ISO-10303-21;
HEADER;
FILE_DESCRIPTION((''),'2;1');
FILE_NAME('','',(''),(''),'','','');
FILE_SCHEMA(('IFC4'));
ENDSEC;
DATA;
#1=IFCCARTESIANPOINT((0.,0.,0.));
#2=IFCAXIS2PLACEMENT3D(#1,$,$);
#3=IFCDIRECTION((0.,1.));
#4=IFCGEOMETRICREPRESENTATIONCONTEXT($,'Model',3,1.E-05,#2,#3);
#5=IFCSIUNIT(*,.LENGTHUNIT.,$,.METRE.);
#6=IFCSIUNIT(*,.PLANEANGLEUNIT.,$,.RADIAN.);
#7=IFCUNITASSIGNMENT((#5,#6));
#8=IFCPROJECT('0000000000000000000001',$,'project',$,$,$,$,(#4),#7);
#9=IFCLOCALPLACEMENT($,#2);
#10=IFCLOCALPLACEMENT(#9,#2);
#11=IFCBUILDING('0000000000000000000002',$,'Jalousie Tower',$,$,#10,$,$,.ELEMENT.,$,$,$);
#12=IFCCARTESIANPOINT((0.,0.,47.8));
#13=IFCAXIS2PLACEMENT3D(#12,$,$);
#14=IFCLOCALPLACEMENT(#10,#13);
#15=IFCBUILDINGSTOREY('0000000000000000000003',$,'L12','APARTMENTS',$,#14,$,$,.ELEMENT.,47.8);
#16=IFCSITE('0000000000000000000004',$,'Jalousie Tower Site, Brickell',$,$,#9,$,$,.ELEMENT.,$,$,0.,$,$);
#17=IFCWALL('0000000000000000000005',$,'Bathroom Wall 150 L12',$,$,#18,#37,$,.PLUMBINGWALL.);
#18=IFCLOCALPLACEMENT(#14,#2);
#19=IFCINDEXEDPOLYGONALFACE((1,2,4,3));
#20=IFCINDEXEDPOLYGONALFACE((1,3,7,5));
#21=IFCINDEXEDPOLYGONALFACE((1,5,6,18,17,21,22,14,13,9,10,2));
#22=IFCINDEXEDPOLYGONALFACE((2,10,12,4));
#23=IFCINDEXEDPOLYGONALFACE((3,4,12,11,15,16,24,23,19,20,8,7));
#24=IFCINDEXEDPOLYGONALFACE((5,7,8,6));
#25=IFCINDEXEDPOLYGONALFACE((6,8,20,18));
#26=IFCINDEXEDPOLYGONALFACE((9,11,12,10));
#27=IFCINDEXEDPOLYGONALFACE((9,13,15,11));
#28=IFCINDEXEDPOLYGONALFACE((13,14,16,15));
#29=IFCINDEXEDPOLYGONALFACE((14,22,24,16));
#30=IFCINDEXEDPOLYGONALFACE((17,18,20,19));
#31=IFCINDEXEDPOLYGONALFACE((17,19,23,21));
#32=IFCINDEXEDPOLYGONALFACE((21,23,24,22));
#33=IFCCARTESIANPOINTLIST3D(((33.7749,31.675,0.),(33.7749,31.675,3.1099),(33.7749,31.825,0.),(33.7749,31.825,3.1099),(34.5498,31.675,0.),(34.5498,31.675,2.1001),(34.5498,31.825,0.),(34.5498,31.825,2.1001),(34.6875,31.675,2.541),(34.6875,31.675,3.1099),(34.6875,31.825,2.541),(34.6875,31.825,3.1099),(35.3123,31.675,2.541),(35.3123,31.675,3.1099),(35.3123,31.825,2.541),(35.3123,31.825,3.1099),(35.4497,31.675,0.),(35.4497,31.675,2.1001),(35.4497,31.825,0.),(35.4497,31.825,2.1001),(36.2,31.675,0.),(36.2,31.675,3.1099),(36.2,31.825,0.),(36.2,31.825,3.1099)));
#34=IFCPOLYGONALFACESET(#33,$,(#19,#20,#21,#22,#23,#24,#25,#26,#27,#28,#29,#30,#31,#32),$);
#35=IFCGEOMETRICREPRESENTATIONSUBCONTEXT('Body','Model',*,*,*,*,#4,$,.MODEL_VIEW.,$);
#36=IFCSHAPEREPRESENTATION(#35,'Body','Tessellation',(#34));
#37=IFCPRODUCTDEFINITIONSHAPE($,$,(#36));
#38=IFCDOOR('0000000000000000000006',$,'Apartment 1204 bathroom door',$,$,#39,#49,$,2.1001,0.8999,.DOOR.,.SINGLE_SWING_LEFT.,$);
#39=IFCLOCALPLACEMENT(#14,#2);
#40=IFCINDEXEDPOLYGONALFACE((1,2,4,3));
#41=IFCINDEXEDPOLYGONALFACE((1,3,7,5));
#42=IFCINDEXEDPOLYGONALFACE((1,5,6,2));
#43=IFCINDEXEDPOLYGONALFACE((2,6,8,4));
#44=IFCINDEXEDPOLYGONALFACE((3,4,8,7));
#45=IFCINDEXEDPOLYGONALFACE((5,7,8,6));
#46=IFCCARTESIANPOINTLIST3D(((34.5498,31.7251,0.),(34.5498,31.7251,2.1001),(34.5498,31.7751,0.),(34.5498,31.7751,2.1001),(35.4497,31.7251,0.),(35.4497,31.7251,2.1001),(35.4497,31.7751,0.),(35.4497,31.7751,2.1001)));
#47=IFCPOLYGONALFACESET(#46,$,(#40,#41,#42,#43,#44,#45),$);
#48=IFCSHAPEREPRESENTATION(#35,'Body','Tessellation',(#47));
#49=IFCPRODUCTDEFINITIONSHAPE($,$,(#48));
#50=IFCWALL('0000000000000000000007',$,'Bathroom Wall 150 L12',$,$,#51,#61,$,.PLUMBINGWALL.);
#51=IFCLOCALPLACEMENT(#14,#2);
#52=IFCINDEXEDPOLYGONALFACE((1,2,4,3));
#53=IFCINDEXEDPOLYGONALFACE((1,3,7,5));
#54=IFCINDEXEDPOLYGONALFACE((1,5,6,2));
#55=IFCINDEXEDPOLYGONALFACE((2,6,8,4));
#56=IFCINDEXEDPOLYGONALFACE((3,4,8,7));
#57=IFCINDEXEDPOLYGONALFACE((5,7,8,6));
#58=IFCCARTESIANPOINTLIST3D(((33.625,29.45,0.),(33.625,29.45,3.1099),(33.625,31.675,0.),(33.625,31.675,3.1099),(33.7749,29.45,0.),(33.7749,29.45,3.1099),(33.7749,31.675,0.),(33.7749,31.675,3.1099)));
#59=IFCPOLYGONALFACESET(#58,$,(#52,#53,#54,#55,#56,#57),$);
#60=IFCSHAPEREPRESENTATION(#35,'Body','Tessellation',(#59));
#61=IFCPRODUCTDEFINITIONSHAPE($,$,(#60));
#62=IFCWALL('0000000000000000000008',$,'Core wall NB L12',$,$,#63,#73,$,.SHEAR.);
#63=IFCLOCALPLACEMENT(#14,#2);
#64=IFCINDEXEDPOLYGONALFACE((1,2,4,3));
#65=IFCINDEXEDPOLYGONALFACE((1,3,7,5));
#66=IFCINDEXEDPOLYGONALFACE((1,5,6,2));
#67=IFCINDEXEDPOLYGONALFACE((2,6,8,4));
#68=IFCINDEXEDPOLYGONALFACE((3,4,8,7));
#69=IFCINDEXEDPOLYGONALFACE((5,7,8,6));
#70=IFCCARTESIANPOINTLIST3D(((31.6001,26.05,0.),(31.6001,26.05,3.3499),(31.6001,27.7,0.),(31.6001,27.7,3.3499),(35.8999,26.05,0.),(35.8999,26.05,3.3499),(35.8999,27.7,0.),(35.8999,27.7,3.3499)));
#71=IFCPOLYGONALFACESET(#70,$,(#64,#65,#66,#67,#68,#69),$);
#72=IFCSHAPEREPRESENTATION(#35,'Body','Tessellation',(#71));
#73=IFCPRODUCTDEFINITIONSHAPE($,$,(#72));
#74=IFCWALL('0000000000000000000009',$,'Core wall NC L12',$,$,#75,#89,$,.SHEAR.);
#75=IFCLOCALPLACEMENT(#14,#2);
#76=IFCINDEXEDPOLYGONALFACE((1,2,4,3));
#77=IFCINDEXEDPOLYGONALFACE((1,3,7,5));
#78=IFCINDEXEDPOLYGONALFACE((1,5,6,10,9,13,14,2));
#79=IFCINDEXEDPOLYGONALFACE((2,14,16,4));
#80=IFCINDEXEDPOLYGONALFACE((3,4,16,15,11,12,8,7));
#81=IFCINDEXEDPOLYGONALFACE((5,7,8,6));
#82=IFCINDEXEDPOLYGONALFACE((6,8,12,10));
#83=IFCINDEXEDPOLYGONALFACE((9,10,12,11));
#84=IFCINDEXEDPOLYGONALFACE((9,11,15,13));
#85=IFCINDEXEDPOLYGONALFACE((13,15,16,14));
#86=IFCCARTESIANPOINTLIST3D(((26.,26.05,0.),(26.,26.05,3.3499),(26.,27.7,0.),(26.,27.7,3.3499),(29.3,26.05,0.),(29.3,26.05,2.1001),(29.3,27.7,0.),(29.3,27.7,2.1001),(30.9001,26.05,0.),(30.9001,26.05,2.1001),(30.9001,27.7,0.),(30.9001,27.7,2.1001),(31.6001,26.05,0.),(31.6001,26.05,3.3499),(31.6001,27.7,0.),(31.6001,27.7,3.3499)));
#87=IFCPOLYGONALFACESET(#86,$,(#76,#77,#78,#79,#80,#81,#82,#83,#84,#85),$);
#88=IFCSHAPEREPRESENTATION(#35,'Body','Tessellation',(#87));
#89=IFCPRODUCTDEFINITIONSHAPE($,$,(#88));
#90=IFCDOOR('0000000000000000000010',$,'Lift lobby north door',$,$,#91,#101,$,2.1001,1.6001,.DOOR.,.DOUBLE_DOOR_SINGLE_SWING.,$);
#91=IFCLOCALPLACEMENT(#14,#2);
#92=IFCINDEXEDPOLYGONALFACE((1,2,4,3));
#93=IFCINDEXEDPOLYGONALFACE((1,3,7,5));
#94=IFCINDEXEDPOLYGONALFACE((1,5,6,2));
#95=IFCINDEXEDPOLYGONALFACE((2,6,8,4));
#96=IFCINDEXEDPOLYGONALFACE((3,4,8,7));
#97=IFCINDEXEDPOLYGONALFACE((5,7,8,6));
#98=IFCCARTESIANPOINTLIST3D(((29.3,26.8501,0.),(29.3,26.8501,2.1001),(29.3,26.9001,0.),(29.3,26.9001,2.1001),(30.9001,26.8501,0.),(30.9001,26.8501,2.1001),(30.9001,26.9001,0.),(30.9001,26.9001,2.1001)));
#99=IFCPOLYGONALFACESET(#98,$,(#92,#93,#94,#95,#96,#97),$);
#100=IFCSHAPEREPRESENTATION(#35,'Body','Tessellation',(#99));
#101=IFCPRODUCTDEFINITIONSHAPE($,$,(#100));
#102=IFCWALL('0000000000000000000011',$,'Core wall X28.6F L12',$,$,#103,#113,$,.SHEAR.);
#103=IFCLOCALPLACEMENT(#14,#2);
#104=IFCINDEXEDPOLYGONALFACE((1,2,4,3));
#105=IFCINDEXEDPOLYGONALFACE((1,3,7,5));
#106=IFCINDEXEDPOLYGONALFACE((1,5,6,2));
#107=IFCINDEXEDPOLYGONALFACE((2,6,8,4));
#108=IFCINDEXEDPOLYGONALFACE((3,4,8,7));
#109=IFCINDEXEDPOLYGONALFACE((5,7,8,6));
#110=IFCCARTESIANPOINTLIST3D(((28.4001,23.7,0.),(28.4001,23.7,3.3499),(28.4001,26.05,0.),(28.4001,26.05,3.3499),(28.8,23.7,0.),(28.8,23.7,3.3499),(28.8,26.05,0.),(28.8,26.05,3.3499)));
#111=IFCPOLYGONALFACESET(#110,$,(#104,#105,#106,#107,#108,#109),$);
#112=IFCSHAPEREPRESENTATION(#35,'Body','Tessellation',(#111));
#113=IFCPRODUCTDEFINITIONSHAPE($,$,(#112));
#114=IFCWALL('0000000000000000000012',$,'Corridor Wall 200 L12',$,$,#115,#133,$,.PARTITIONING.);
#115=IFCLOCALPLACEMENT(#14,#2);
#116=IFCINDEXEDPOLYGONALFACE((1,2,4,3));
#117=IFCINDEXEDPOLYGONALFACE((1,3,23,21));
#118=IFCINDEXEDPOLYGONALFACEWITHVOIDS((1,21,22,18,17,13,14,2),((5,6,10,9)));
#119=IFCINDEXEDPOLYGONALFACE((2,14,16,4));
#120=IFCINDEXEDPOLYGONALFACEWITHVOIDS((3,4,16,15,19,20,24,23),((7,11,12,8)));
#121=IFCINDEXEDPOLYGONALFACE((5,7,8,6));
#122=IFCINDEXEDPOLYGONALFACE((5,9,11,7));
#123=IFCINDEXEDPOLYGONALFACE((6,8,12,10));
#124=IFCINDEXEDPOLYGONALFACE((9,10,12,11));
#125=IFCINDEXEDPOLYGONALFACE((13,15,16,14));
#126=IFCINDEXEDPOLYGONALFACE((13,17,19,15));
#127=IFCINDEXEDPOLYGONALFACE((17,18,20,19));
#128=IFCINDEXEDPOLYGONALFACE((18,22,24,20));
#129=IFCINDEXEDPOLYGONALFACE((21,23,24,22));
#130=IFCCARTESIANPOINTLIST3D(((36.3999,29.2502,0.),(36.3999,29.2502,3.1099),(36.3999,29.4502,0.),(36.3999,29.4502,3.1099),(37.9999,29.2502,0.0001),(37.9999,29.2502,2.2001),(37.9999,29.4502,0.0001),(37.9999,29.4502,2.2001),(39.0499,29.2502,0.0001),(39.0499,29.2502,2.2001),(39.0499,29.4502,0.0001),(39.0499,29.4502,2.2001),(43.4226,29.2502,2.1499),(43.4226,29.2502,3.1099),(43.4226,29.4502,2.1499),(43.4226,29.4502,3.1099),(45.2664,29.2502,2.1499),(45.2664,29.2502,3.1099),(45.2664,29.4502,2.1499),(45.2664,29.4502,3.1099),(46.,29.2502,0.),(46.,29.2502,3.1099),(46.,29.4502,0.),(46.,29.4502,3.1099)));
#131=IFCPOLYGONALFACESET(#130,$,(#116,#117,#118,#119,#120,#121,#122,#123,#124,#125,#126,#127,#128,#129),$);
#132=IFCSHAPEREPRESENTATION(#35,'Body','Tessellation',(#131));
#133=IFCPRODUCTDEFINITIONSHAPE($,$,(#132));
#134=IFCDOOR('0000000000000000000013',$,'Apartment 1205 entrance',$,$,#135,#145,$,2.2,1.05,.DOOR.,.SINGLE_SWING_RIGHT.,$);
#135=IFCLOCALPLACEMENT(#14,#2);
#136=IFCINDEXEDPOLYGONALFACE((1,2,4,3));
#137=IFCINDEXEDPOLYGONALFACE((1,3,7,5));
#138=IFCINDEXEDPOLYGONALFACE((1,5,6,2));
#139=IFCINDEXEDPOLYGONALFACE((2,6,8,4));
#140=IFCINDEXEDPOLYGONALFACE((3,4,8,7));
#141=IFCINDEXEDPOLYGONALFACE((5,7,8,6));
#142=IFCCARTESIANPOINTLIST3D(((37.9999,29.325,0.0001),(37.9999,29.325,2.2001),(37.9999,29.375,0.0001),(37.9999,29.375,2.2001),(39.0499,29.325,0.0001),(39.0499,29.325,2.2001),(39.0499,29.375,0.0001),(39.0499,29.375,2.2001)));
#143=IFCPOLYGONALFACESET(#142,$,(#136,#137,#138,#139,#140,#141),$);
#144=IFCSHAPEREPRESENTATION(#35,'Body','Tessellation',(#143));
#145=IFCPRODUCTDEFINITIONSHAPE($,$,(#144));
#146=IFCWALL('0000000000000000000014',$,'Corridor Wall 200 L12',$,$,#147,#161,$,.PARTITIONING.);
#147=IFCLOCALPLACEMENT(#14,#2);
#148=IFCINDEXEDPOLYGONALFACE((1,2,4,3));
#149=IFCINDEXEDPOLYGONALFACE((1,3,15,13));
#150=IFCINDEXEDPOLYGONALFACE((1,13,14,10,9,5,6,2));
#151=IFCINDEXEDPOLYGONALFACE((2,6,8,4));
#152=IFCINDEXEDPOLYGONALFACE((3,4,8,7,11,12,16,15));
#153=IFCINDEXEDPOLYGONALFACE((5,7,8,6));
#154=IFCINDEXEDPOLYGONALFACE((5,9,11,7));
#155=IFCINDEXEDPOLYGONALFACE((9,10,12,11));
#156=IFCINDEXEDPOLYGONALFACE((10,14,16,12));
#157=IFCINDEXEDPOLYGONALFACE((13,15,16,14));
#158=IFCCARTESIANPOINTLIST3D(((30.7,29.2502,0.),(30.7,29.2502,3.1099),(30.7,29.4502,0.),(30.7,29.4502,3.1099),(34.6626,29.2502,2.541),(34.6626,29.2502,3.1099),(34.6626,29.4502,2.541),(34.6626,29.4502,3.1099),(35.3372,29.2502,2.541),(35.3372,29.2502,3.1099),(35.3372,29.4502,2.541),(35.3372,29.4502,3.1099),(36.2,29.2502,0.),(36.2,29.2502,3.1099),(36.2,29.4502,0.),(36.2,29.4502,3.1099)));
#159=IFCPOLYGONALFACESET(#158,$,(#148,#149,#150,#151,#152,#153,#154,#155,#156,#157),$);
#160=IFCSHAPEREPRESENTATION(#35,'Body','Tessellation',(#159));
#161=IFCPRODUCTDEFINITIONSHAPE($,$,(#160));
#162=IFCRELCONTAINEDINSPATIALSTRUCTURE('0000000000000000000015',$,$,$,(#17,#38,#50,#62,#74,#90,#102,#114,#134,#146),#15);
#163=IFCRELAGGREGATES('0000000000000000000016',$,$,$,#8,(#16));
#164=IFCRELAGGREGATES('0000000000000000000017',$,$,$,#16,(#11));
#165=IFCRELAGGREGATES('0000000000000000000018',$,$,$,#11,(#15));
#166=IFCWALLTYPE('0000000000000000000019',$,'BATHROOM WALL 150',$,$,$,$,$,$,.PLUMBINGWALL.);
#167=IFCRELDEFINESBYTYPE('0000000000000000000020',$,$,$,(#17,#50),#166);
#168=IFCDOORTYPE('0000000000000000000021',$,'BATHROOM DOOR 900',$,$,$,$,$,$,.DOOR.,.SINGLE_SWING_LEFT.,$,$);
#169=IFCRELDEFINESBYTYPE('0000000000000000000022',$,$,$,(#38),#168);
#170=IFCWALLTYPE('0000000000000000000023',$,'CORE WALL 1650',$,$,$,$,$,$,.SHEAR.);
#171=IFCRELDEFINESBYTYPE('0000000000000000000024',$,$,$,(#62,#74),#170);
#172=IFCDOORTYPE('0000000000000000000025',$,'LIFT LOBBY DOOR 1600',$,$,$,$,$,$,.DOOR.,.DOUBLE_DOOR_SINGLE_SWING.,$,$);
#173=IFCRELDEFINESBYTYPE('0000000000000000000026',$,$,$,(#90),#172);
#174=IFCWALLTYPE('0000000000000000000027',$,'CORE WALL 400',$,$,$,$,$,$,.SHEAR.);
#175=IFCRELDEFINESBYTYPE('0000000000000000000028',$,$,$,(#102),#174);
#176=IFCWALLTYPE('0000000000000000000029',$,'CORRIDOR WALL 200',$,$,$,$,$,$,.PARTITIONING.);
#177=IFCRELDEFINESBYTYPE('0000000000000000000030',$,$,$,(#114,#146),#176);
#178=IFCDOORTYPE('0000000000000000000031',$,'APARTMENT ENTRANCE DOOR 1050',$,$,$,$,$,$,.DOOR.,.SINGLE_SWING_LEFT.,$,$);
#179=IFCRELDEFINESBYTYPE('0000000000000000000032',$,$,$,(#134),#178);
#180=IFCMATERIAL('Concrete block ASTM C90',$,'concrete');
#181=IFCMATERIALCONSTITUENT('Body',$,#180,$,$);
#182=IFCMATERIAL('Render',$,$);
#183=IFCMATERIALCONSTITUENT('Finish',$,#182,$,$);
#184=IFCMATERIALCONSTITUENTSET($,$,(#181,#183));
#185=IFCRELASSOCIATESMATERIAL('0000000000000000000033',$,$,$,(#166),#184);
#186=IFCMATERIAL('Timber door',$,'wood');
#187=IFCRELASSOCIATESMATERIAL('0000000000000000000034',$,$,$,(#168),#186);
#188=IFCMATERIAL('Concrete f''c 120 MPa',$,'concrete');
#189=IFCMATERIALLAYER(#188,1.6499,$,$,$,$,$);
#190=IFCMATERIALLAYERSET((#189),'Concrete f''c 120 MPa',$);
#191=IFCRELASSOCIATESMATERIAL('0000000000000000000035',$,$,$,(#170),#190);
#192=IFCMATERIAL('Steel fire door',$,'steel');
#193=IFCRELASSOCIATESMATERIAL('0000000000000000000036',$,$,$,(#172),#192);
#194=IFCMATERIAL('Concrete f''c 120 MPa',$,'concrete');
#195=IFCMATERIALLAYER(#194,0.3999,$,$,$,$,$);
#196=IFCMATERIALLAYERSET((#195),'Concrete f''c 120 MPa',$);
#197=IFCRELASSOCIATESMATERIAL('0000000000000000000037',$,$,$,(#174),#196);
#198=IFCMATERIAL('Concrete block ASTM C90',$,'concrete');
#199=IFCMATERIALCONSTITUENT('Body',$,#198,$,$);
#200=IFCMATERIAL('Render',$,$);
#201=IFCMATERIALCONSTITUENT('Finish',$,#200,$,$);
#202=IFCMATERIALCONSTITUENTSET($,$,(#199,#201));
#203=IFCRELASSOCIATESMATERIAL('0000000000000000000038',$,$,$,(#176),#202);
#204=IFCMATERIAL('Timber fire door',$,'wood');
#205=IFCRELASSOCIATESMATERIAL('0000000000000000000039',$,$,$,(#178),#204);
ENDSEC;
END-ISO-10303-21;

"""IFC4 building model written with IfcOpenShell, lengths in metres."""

from ifc_helpers import new_model, si_unit, direction, frame, frame_2d, origin, place, context, subcontext, project, spatial, polyline, rectangle, outline, extrude, material, layer, layer_set, constituent, constituent_set, type_object, element, fill, save


model = new_model("IFC4")

# Units and contexts
model_context = context("Model", 3, precision=1e-05, world=origin(), true_north=direction((0.0, 1.0)))
body_context = subcontext(model_context, "Body", "Model", "MODEL_VIEW")
ifc_project = project(units=[si_unit("LENGTHUNIT", "METRE"), si_unit("PLANEANGLEUNIT", "RADIAN")], contexts=[model_context])

# Site, building, storey
site_placement = place(None, origin())
site = spatial("IfcSite", under=ifc_project, at=site_placement, Name="Jalousie Tower Site, Brickell", CompositionType="ELEMENT", RefElevation=0.0)
building_placement = place(site_placement, origin())
building = spatial("IfcBuilding", under=site, at=building_placement, Name="Jalousie Tower", CompositionType="ELEMENT")
storey_placement = place(building_placement, frame((0.0, 0.0, 47.8)))
storey = spatial("IfcBuildingStorey", under=building, at=storey_placement, Name="L12", Description="APARTMENTS", CompositionType="ELEMENT", Elevation=47.8)

# Wall, opening, door
ifc_material_1 = material(Name="Concrete block ASTM C90", Category="concrete")
ifc_constituent_1 = constituent(ifc_material_1, Name="Body")
ifc_material_2 = material(Name="Render")
ifc_constituent_2 = constituent(ifc_material_2, Name="Finish")
ifc_constituent_set_1 = constituent_set(constituents=[ifc_constituent_1, ifc_constituent_2])
wall_type_1 = type_object("IfcWallType", Name="BATHROOM WALL 150", PredefinedType="PLUMBINGWALL", material=ifc_constituent_set_1)
wall_1_placement = place(storey_placement, frame((33.7749, 31.75, 0.0), z_axis=(0.0, 0.0, 1.0), x_axis=(1.0, 0.0, 0.0)))
wall_1 = element("IfcWall", 1, at=wall_1_placement, inside=storey, type_object=wall_type_1, Name="Bathroom Wall 150 L12", PredefinedType="PLUMBINGWALL", context=body_context, shape_type="SweptSolid", body=[
    extrude(outline(polyline([(0.0, 0.0), (2.425, 0.0), (2.425, 3.1099), (1.5374, 3.1099), (1.5374, 2.541), (0.9126, 2.541), (0.9126, 3.1099), (0.0, 3.1099), (0.0, 0.0)])), frame((0.0, 0.075, 0.0), z_axis=(0.0, -1.0, 0.0), x_axis=(1.0, 0.0, 0.0)), (0.0, 0.0, 1.0), 0.1499),
])
opening_1_placement = place(wall_1_placement, frame((0.7749, 0.0, 0.0)))
opening_1 = element("IfcOpeningElement", 2, at=opening_1_placement, cuts=wall_1, PredefinedType="OPENING", context=body_context, shape_type="SweptSolid", body=[
    extrude(rectangle(XDim=0.8999, YDim=2.1001, at=frame_2d((0.45, 1.05))), frame((0.0, 0.085, 0.0), z_axis=(0.0, -1.0, 0.0), x_axis=(1.0, 0.0, 0.0)), (0.0, 0.0, 1.0), 0.1699),
])
ifc_material_3 = material(Name="Timber door", Category="wood")
door_type_1 = type_object("IfcDoorType", Name="BATHROOM DOOR 900", OperationType="SINGLE_SWING_LEFT", PredefinedType="DOOR", material=ifc_material_3)
door_1_placement = place(opening_1_placement, frame((0.8999, 0.0, 0.0), z_axis=(0.0, 0.0, 1.0), x_axis=(-1.0, 0.0, 0.0)))
door_1 = element("IfcDoor", 3, at=door_1_placement, inside=storey, type_object=door_type_1, Name="Apartment 1204 bathroom door", OperationType="SINGLE_SWING_LEFT", OverallHeight=2.1001, OverallWidth=0.8999, PredefinedType="DOOR", context=body_context, shape_type="SweptSolid", body=[
    extrude(rectangle(XDim=0.8999, YDim=2.1001, at=frame_2d((0.45, 1.05))), frame((0.0, 0.0249, 0.0), z_axis=(0.0, -1.0, 0.0), x_axis=(1.0, 0.0, 0.0)), (0.0, 0.0, 1.0), 0.05),
])
fill(opening_1, door_1)

# Walls
wall_2_placement = place(storey_placement, frame((33.7, 31.675, 0.0), z_axis=(0.0, 0.0, 1.0), x_axis=(0.0, -1.0, 0.0)))
element("IfcWall", 4, at=wall_2_placement, inside=storey, type_object=wall_type_1, Name="Bathroom Wall 150 L12", PredefinedType="PLUMBINGWALL", context=body_context, shape_type="SweptSolid", body=[
    extrude(rectangle(XDim=2.2251, YDim=0.1499, at=frame_2d((1.1125, 0.0))), origin(), (0.0, 0.0, 1.0), 3.1099),
])
ifc_material_4 = material(Name="Concrete f'c 120 MPa", Category="concrete")
ifc_layer_1 = layer(ifc_material_4, 1.6499)
ifc_layer_set_1 = layer_set([ifc_layer_1], Name="Concrete f'c 120 MPa")
wall_type_2 = type_object("IfcWallType", Name="CORE WALL 1650", PredefinedType="SHEAR", material=ifc_layer_set_1)
wall_3_placement = place(storey_placement, frame((35.8999, 26.875, 0.0), z_axis=(0.0, 0.0, 1.0), x_axis=(-1.0, 0.0, 0.0)))
element("IfcWall", 5, at=wall_3_placement, inside=storey, type_object=wall_type_2, Name="Core wall NB L12", PredefinedType="SHEAR", context=body_context, shape_type="SweptSolid", body=[
    extrude(rectangle(XDim=4.2998, YDim=1.6499, at=frame_2d((2.1499, 0.0))), origin(), (0.0, 0.0, 1.0), 3.3499),
])

# Wall, opening, door
wall_4_placement = place(storey_placement, frame((31.6001, 26.875, 0.0), z_axis=(0.0, 0.0, 1.0), x_axis=(-1.0, 0.0, 0.0)))
wall_4 = element("IfcWall", 6, at=wall_4_placement, inside=storey, type_object=wall_type_2, Name="Core wall NC L12", PredefinedType="SHEAR", context=body_context, shape_type="SweptSolid", body=[
    extrude(rectangle(XDim=5.6001, YDim=1.6499, at=frame_2d((2.8, 0.0))), origin(), (0.0, 0.0, 1.0), 3.3499),
])
opening_2_placement = place(wall_4_placement, frame((0.7, 0.0, 0.0)))
opening_2 = element("IfcOpeningElement", 7, at=opening_2_placement, cuts=wall_4, PredefinedType="OPENING", context=body_context, shape_type="SweptSolid", body=[
    extrude(rectangle(XDim=1.6001, YDim=2.1001, at=frame_2d((0.8, 1.05))), frame((0.0, 0.835, 0.0), z_axis=(0.0, -1.0, 0.0), x_axis=(1.0, 0.0, 0.0)), (0.0, 0.0, 1.0), 1.6699),
])
ifc_material_5 = material(Name="Steel fire door", Category="steel")
door_type_2 = type_object("IfcDoorType", Name="LIFT LOBBY DOOR 1600", OperationType="DOUBLE_DOOR_SINGLE_SWING", PredefinedType="DOOR", material=ifc_material_5)
door_2_placement = place(opening_2_placement, origin())
door_2 = element("IfcDoor", 8, at=door_2_placement, inside=storey, type_object=door_type_2, Name="Lift lobby north door", OperationType="DOUBLE_DOOR_SINGLE_SWING", OverallHeight=2.1001, OverallWidth=1.6001, PredefinedType="DOOR", context=body_context, shape_type="SweptSolid", body=[
    extrude(rectangle(XDim=1.6001, YDim=2.1001, at=frame_2d((0.8, 1.05))), frame((0.0, 0.0249, 0.0), z_axis=(0.0, -1.0, 0.0), x_axis=(1.0, 0.0, 0.0)), (0.0, 0.0, 1.0), 0.05),
])
fill(opening_2, door_2)

# Wall
ifc_material_6 = material(Name="Concrete f'c 120 MPa", Category="concrete")
ifc_layer_2 = layer(ifc_material_6, 0.3999)
ifc_layer_set_2 = layer_set([ifc_layer_2], Name="Concrete f'c 120 MPa")
wall_type_3 = type_object("IfcWallType", Name="CORE WALL 400", PredefinedType="SHEAR", material=ifc_layer_set_2)
wall_5_placement = place(storey_placement, frame((28.6001, 23.7, 0.0), z_axis=(0.0, 0.0, 1.0), x_axis=(0.0, 1.0, 0.0)))
element("IfcWall", 9, at=wall_5_placement, inside=storey, type_object=wall_type_3, Name="Core wall X28.6F L12", PredefinedType="SHEAR", context=body_context, shape_type="SweptSolid", body=[
    extrude(rectangle(XDim=2.3501, YDim=0.3999, at=frame_2d((1.175, 0.0))), origin(), (0.0, 0.0, 1.0), 3.3499),
])

# Wall, opening, door
ifc_material_7 = material(Name="Concrete block ASTM C90", Category="concrete")
ifc_constituent_3 = constituent(ifc_material_7, Name="Body")
ifc_material_8 = material(Name="Render")
ifc_constituent_4 = constituent(ifc_material_8, Name="Finish")
ifc_constituent_set_2 = constituent_set(constituents=[ifc_constituent_3, ifc_constituent_4])
wall_type_4 = type_object("IfcWallType", Name="CORRIDOR WALL 200", PredefinedType="PARTITIONING", material=ifc_constituent_set_2)
wall_6_placement = place(storey_placement, frame((36.3999, 29.3501, 0.0), z_axis=(0.0, 0.0, 1.0), x_axis=(1.0, 0.0, 0.0)))
wall_6 = element("IfcWall", 10, at=wall_6_placement, inside=storey, type_object=wall_type_4, Name="Corridor Wall 200 L12", PredefinedType="PARTITIONING", context=body_context, shape_type="SweptSolid", body=[
    extrude(outline(polyline([(0.0, 0.0), (9.6001, 0.0), (9.6001, 3.1099), (8.8665, 3.1099), (8.8665, 2.1499), (7.0227, 2.1499), (7.0227, 3.1099), (0.0, 3.1099), (0.0, 0.0)])), frame((0.0, 0.1001, 0.0), z_axis=(0.0, -1.0, 0.0), x_axis=(1.0, 0.0, 0.0)), (0.0, 0.0, 1.0), 0.2),
])
opening_3_placement = place(wall_6_placement, frame((1.6001, 0.0, 0.0)))
opening_3 = element("IfcOpeningElement", 11, at=opening_3_placement, cuts=wall_6, PredefinedType="OPENING", context=body_context, shape_type="SweptSolid", body=[
    extrude(rectangle(XDim=1.05, YDim=2.2, at=frame_2d((0.5249, 1.1001))), frame((0.0, 0.1099, 0.0), z_axis=(0.0, -1.0, 0.0), x_axis=(1.0, 0.0, 0.0)), (0.0, 0.0, 1.0), 0.22),
])
ifc_material_9 = material(Name="Timber fire door", Category="wood")
door_type_3 = type_object("IfcDoorType", Name="APARTMENT ENTRANCE DOOR 1050", OperationType="SINGLE_SWING_LEFT", PredefinedType="DOOR", material=ifc_material_9)
door_3_placement = place(opening_3_placement, origin())
door_3 = element("IfcDoor", 12, at=door_3_placement, inside=storey, type_object=door_type_3, Name="Apartment 1205 entrance", OperationType="SINGLE_SWING_RIGHT", OverallHeight=2.2, OverallWidth=1.05, PredefinedType="DOOR", context=body_context, shape_type="SweptSolid", body=[
    extrude(rectangle(XDim=1.05, YDim=2.2, at=frame_2d((0.5249, 1.1001))), frame((0.0, 0.0249, 0.0), z_axis=(0.0, -1.0, 0.0), x_axis=(1.0, 0.0, 0.0)), (0.0, 0.0, 1.0), 0.05),
])
fill(opening_3, door_3)

# Wall
wall_7_placement = place(storey_placement, frame((30.7, 29.3501, 0.0), z_axis=(0.0, 0.0, 1.0), x_axis=(1.0, 0.0, 0.0)))
element("IfcWall", 13, at=wall_7_placement, inside=storey, type_object=wall_type_4, Name="Corridor Wall 200 L12", PredefinedType="PARTITIONING", context=body_context, shape_type="SweptSolid", body=[
    extrude(outline(polyline([(0.0, 0.0), (5.5, 0.0), (5.5, 3.1099), (4.6372, 3.1099), (4.6372, 2.541), (3.9626, 2.541), (3.9626, 3.1099), (0.0, 3.1099), (0.0, 0.0)])), frame((0.0, 0.1001, 0.0), z_axis=(0.0, -1.0, 0.0), x_axis=(1.0, 0.0, 0.0)), (0.0, 0.0, 1.0), 0.2),
])

save(model, "model.ifc")
